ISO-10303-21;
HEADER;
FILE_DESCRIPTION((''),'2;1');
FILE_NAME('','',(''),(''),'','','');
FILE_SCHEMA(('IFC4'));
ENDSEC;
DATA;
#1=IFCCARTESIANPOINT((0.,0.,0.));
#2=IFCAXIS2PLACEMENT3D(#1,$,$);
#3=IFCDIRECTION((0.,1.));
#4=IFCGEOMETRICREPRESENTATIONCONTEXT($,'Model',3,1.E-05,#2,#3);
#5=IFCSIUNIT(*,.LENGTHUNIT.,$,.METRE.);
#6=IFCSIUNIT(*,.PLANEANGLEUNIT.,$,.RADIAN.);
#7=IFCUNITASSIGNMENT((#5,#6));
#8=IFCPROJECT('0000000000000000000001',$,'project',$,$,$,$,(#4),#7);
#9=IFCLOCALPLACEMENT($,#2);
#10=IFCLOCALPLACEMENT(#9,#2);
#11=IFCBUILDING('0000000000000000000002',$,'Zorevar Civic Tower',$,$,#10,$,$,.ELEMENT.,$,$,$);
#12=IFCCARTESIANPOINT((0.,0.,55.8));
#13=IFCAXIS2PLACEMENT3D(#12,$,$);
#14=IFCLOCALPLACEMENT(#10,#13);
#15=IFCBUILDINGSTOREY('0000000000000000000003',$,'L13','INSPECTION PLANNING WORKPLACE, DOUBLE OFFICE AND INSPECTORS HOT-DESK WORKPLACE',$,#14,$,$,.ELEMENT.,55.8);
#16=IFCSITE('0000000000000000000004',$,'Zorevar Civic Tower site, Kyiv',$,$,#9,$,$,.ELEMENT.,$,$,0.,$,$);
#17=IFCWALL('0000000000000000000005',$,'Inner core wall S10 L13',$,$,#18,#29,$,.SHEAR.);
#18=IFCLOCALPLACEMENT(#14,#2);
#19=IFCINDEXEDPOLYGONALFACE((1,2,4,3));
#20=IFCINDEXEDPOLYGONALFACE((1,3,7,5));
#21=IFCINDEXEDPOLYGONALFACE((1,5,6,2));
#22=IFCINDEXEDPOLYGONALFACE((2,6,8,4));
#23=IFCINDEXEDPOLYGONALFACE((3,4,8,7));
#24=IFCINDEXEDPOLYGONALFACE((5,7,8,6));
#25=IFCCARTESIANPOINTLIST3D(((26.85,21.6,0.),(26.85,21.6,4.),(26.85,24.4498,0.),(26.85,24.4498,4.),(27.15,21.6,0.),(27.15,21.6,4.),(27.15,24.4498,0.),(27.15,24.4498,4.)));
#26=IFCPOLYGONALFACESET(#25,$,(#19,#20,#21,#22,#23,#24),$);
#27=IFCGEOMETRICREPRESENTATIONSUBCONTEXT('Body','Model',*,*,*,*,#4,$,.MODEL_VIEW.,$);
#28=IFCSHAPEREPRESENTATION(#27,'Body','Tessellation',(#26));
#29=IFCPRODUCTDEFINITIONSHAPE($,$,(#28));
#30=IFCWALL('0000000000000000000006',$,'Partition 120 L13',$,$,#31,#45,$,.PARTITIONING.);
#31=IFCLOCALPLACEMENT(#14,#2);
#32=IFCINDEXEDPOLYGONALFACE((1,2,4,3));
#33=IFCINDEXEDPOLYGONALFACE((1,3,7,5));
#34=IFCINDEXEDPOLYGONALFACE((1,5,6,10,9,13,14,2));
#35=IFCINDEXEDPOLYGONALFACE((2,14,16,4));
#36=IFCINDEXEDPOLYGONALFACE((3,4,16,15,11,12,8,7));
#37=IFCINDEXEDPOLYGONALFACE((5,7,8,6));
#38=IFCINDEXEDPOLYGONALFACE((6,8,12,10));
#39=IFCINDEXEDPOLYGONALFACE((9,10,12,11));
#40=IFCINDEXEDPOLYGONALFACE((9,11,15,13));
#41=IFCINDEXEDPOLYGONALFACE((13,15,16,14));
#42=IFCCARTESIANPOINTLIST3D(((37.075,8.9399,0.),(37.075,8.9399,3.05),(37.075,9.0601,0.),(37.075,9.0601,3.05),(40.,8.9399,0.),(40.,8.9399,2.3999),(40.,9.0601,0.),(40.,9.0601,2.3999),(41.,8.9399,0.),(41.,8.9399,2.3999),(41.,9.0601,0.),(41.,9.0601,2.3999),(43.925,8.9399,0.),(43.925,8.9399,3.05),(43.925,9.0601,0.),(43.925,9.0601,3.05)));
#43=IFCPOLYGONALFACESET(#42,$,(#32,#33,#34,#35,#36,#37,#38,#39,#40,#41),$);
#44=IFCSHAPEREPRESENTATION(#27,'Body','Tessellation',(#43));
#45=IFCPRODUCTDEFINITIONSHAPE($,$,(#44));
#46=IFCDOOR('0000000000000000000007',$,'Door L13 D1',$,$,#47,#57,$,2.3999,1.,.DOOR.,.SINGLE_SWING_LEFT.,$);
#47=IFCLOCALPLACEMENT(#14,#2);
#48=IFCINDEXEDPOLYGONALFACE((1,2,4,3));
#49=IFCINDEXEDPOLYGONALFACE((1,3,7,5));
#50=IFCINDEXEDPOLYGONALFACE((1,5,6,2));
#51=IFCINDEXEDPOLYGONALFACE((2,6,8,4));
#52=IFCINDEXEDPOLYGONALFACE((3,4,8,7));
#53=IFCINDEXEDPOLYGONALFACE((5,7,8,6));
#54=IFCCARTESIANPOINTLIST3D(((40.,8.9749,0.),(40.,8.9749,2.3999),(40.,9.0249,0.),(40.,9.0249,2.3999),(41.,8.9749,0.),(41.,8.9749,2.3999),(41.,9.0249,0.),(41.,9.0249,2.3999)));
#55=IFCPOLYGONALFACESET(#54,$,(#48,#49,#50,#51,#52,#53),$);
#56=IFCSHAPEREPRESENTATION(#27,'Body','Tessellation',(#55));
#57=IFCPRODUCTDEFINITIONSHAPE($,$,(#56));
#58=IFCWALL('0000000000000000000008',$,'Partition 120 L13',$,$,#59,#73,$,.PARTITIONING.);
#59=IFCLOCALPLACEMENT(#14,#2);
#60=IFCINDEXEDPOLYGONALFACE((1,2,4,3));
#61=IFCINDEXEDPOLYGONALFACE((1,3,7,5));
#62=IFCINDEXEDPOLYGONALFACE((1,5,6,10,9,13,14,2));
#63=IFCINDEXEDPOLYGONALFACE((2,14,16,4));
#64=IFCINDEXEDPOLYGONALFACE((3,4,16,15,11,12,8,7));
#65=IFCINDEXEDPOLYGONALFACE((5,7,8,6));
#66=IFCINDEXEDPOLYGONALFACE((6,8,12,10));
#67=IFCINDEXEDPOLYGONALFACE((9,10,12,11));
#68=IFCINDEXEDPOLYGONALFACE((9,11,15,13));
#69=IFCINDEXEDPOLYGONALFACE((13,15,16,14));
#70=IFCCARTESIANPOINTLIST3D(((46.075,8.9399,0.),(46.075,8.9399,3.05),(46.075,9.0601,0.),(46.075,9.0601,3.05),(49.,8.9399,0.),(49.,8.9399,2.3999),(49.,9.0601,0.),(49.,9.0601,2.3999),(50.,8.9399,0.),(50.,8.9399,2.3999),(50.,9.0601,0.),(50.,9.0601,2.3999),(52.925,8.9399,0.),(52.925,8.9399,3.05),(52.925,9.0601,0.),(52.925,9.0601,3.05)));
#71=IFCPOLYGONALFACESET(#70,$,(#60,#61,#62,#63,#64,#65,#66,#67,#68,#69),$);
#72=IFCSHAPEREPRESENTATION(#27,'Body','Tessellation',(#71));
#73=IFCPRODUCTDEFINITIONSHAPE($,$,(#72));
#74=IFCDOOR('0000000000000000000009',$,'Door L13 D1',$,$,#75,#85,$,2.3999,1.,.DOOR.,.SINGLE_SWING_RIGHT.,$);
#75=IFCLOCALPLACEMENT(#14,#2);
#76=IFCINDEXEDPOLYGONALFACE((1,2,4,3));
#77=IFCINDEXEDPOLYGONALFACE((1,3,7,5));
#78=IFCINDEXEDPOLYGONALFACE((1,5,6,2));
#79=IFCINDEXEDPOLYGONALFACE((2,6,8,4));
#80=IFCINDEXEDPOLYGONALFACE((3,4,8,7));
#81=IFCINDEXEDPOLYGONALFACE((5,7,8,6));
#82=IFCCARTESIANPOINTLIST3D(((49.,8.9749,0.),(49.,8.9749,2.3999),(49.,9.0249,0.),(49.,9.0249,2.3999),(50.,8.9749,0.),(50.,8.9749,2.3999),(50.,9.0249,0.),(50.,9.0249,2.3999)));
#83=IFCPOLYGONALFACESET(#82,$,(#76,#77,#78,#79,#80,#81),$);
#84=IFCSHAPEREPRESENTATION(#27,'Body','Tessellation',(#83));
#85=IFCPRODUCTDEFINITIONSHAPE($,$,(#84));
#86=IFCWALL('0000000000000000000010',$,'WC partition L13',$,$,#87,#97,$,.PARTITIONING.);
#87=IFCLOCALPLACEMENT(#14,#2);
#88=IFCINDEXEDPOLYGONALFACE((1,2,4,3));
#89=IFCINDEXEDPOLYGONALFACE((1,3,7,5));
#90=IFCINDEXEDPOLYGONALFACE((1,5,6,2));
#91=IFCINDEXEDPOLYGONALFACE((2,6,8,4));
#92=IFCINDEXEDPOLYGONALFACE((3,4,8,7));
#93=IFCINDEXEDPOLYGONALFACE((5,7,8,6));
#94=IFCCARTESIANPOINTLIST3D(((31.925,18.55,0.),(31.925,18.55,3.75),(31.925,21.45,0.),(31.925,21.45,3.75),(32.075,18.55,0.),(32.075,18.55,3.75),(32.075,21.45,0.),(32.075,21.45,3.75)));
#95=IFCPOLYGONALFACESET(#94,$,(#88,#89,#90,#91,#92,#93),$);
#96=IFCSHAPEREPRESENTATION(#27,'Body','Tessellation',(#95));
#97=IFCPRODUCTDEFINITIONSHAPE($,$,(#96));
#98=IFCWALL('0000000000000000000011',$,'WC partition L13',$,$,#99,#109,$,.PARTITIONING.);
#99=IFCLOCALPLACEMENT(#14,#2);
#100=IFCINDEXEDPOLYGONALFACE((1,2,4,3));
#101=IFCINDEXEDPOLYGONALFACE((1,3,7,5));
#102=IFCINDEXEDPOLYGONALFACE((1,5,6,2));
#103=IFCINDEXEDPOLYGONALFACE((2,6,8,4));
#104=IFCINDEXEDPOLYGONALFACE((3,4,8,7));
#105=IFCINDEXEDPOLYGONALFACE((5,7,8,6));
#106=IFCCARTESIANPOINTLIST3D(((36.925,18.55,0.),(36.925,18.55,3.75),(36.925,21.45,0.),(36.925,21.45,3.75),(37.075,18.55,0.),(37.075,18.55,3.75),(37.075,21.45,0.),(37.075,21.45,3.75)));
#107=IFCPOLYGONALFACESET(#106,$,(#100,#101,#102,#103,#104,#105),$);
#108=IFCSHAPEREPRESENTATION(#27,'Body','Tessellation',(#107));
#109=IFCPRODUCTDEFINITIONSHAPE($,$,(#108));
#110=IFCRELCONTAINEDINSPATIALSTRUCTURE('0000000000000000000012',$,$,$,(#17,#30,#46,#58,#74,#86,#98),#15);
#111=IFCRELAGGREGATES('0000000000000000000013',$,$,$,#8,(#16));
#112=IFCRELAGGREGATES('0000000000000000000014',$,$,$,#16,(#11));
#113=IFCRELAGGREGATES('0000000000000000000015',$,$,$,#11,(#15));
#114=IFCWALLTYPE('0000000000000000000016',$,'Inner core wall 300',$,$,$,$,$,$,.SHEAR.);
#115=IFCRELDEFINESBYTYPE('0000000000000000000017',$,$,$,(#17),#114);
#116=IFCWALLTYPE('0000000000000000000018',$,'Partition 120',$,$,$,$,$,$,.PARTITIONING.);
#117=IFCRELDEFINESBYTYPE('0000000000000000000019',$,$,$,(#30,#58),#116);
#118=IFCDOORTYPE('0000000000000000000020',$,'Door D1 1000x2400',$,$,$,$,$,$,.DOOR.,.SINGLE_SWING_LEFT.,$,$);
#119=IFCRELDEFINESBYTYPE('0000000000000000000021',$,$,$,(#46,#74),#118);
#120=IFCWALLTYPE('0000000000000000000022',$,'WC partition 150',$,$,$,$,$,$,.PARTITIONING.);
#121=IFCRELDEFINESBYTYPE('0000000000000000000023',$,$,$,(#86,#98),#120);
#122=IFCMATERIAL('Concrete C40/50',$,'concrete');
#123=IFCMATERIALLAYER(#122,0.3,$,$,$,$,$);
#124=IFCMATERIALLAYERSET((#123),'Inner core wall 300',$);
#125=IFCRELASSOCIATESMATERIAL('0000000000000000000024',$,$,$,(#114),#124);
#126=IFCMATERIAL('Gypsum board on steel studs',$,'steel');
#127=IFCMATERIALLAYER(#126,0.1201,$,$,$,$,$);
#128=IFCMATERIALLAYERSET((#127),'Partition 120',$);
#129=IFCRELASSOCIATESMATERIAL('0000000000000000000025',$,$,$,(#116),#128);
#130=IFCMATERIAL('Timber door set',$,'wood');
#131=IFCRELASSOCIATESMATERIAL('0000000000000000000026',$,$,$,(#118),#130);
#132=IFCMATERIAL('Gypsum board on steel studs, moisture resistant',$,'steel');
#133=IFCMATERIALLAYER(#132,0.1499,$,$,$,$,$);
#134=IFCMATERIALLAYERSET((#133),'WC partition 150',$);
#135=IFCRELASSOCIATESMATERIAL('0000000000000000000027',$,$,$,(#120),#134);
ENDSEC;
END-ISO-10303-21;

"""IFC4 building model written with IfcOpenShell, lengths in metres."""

from ifc_helpers import new_model, si_unit, direction, frame, frame_2d, origin, place, context, subcontext, project, spatial, rectangle, extrude, material, layer, layer_set, type_object, element, fill, save


model = new_model("IFC4")

# Units and contexts
model_context = context("Model", 3, precision=1e-05, world=origin(), true_north=direction((0.0, 1.0)))
body_context = subcontext(model_context, "Body", "Model", "MODEL_VIEW")
ifc_project = project(units=[si_unit("LENGTHUNIT", "METRE"), si_unit("PLANEANGLEUNIT", "RADIAN")], contexts=[model_context])

# Site, building, storey
site_placement = place(None, origin())
site = spatial("IfcSite", under=ifc_project, at=site_placement, Name="Zorevar Civic Tower site, Kyiv", CompositionType="ELEMENT", RefElevation=0.0)
building_placement = place(site_placement, origin())
building = spatial("IfcBuilding", under=site, at=building_placement, Name="Zorevar Civic Tower", CompositionType="ELEMENT")
storey_placement = place(building_placement, frame((0.0, 0.0, 55.8)))
storey = spatial("IfcBuildingStorey", under=building, at=storey_placement, Name="L13", Description="INSPECTION PLANNING WORKPLACE, DOUBLE OFFICE AND INSPECTORS HOT-DESK WORKPLACE", CompositionType="ELEMENT", Elevation=55.8)

# Wall
ifc_material_1 = material(Name="Concrete C40/50", Category="concrete")
ifc_layer_1 = layer(ifc_material_1, 0.3)
ifc_layer_set_1 = layer_set([ifc_layer_1], Name="Inner core wall 300")
wall_type_1 = type_object("IfcWallType", Name="Inner core wall 300", PredefinedType="SHEAR", material=ifc_layer_set_1)
wall_1_placement = place(storey_placement, frame((27.0, 21.6001, 0.0), z_axis=(0.0, 0.0, 1.0), x_axis=(0.0, 1.0, 0.0)))
element("IfcWall", 1, at=wall_1_placement, inside=storey, type_object=wall_type_1, Name="Inner core wall S10 L13", PredefinedType="SHEAR", context=body_context, shape_type="SweptSolid", body=[
    extrude(rectangle(XDim=2.8499, YDim=0.3, at=frame_2d((1.4248, 0.0))), origin(), (0.0, 0.0, 1.0), 4.0),
])

# Walls, openings, doors
ifc_material_2 = material(Name="Gypsum board on steel studs", Category="steel")
ifc_layer_2 = layer(ifc_material_2, 0.1201)
ifc_layer_set_2 = layer_set([ifc_layer_2], Name="Partition 120")
wall_type_2 = type_object("IfcWallType", Name="Partition 120", PredefinedType="PARTITIONING", material=ifc_layer_set_2)
wall_2_placement = place(storey_placement, frame((37.075, 9.0, 0.0), z_axis=(0.0, 0.0, 1.0), x_axis=(1.0, 0.0, 0.0)))
wall_2 = element("IfcWall", 2, at=wall_2_placement, inside=storey, type_object=wall_type_2, Name="Partition 120 L13", PredefinedType="PARTITIONING", context=body_context, shape_type="SweptSolid", body=[
    extrude(rectangle(XDim=6.8501, YDim=0.1201, at=frame_2d((3.425, 0.0))), origin(), (0.0, 0.0, 1.0), 3.05),
])
opening_1_placement = place(wall_2_placement, frame((2.925, 0.0, 0.0)))
opening_1 = element("IfcOpeningElement", 3, at=opening_1_placement, cuts=wall_2, PredefinedType="OPENING", context=body_context, shape_type="SweptSolid", body=[
    extrude(rectangle(XDim=1.0, YDim=2.3999, at=frame_2d((0.5, 1.2))), frame((0.0, 0.0701, 0.0), z_axis=(0.0, -1.0, 0.0), x_axis=(1.0, 0.0, 0.0)), (0.0, 0.0, 1.0), 0.1401),
])
ifc_material_3 = material(Name="Timber door set", Category="wood")
door_type_1 = type_object("IfcDoorType", Name="Door D1 1000x2400", OperationType="SINGLE_SWING_LEFT", PredefinedType="DOOR", material=ifc_material_3)
door_1_placement = place(opening_1_placement, origin())
door_1 = element("IfcDoor", 4, at=door_1_placement, inside=storey, type_object=door_type_1, Name="Door L13 D1", OperationType="SINGLE_SWING_LEFT", OverallHeight=2.3999, OverallWidth=1.0, PredefinedType="DOOR", context=body_context, shape_type="SweptSolid", body=[
    extrude(rectangle(XDim=1.0, YDim=2.3999, at=frame_2d((0.5, 1.2))), frame((0.0, 0.0249, 0.0), z_axis=(0.0, -1.0, 0.0), x_axis=(1.0, 0.0, 0.0)), (0.0, 0.0, 1.0), 0.05),
])
fill(opening_1, door_1)
wall_3_placement = place(storey_placement, frame((46.075, 9.0, 0.0), z_axis=(0.0, 0.0, 1.0), x_axis=(1.0, 0.0, 0.0)))
wall_3 = element("IfcWall", 5, at=wall_3_placement, inside=storey, type_object=wall_type_2, Name="Partition 120 L13", PredefinedType="PARTITIONING", context=body_context, shape_type="SweptSolid", body=[
    extrude(rectangle(XDim=6.8501, YDim=0.1201, at=frame_2d((3.425, 0.0))), origin(), (0.0, 0.0, 1.0), 3.05),
])
opening_2_placement = place(wall_3_placement, frame((2.925, 0.0, 0.0)))
opening_2 = element("IfcOpeningElement", 6, at=opening_2_placement, cuts=wall_3, PredefinedType="OPENING", context=body_context, shape_type="SweptSolid", body=[
    extrude(rectangle(XDim=1.0, YDim=2.3999, at=frame_2d((0.5, 1.2))), frame((0.0, 0.0701, 0.0), z_axis=(0.0, -1.0, 0.0), x_axis=(1.0, 0.0, 0.0)), (0.0, 0.0, 1.0), 0.1401),
])
door_2_placement = place(opening_2_placement, origin())
door_2 = element("IfcDoor", 7, at=door_2_placement, inside=storey, type_object=door_type_1, Name="Door L13 D1", OperationType="SINGLE_SWING_RIGHT", OverallHeight=2.3999, OverallWidth=1.0, PredefinedType="DOOR", context=body_context, shape_type="SweptSolid", body=[
    extrude(rectangle(XDim=1.0, YDim=2.3999, at=frame_2d((0.5, 1.2))), frame((0.0, 0.0249, 0.0), z_axis=(0.0, -1.0, 0.0), x_axis=(1.0, 0.0, 0.0)), (0.0, 0.0, 1.0), 0.05),
])
fill(opening_2, door_2)

# Walls
ifc_material_4 = material(Name="Gypsum board on steel studs, moisture resistant", Category="steel")
ifc_layer_3 = layer(ifc_material_4, 0.1499)
ifc_layer_set_3 = layer_set([ifc_layer_3], Name="WC partition 150")
wall_type_3 = type_object("IfcWallType", Name="WC partition 150", PredefinedType="PARTITIONING", material=ifc_layer_set_3)
for number, where, z_axis, x_axis, name in (
    (8, (32.0, 18.55, 0.0), (0.0, 0.0, 1.0), (0.0, 1.0, 0.0), "WC partition L13"),
    (9, (37.0, 18.55, 0.0), (0.0, 0.0, 1.0), (0.0, 1.0, 0.0), "WC partition L13"),
):
    element("IfcWall", number, at=place(storey_placement, frame(where, z_axis=z_axis, x_axis=x_axis)), inside=storey, type_object=wall_type_3, Name=name, PredefinedType="PARTITIONING", context=body_context, shape_type="SweptSolid", body=[
        extrude(rectangle(XDim=2.8999, YDim=0.1499, at=frame_2d((1.45, 0.0))), origin(), (0.0, 0.0, 1.0), 3.75),
    ])

save(model, "model.ifc")
